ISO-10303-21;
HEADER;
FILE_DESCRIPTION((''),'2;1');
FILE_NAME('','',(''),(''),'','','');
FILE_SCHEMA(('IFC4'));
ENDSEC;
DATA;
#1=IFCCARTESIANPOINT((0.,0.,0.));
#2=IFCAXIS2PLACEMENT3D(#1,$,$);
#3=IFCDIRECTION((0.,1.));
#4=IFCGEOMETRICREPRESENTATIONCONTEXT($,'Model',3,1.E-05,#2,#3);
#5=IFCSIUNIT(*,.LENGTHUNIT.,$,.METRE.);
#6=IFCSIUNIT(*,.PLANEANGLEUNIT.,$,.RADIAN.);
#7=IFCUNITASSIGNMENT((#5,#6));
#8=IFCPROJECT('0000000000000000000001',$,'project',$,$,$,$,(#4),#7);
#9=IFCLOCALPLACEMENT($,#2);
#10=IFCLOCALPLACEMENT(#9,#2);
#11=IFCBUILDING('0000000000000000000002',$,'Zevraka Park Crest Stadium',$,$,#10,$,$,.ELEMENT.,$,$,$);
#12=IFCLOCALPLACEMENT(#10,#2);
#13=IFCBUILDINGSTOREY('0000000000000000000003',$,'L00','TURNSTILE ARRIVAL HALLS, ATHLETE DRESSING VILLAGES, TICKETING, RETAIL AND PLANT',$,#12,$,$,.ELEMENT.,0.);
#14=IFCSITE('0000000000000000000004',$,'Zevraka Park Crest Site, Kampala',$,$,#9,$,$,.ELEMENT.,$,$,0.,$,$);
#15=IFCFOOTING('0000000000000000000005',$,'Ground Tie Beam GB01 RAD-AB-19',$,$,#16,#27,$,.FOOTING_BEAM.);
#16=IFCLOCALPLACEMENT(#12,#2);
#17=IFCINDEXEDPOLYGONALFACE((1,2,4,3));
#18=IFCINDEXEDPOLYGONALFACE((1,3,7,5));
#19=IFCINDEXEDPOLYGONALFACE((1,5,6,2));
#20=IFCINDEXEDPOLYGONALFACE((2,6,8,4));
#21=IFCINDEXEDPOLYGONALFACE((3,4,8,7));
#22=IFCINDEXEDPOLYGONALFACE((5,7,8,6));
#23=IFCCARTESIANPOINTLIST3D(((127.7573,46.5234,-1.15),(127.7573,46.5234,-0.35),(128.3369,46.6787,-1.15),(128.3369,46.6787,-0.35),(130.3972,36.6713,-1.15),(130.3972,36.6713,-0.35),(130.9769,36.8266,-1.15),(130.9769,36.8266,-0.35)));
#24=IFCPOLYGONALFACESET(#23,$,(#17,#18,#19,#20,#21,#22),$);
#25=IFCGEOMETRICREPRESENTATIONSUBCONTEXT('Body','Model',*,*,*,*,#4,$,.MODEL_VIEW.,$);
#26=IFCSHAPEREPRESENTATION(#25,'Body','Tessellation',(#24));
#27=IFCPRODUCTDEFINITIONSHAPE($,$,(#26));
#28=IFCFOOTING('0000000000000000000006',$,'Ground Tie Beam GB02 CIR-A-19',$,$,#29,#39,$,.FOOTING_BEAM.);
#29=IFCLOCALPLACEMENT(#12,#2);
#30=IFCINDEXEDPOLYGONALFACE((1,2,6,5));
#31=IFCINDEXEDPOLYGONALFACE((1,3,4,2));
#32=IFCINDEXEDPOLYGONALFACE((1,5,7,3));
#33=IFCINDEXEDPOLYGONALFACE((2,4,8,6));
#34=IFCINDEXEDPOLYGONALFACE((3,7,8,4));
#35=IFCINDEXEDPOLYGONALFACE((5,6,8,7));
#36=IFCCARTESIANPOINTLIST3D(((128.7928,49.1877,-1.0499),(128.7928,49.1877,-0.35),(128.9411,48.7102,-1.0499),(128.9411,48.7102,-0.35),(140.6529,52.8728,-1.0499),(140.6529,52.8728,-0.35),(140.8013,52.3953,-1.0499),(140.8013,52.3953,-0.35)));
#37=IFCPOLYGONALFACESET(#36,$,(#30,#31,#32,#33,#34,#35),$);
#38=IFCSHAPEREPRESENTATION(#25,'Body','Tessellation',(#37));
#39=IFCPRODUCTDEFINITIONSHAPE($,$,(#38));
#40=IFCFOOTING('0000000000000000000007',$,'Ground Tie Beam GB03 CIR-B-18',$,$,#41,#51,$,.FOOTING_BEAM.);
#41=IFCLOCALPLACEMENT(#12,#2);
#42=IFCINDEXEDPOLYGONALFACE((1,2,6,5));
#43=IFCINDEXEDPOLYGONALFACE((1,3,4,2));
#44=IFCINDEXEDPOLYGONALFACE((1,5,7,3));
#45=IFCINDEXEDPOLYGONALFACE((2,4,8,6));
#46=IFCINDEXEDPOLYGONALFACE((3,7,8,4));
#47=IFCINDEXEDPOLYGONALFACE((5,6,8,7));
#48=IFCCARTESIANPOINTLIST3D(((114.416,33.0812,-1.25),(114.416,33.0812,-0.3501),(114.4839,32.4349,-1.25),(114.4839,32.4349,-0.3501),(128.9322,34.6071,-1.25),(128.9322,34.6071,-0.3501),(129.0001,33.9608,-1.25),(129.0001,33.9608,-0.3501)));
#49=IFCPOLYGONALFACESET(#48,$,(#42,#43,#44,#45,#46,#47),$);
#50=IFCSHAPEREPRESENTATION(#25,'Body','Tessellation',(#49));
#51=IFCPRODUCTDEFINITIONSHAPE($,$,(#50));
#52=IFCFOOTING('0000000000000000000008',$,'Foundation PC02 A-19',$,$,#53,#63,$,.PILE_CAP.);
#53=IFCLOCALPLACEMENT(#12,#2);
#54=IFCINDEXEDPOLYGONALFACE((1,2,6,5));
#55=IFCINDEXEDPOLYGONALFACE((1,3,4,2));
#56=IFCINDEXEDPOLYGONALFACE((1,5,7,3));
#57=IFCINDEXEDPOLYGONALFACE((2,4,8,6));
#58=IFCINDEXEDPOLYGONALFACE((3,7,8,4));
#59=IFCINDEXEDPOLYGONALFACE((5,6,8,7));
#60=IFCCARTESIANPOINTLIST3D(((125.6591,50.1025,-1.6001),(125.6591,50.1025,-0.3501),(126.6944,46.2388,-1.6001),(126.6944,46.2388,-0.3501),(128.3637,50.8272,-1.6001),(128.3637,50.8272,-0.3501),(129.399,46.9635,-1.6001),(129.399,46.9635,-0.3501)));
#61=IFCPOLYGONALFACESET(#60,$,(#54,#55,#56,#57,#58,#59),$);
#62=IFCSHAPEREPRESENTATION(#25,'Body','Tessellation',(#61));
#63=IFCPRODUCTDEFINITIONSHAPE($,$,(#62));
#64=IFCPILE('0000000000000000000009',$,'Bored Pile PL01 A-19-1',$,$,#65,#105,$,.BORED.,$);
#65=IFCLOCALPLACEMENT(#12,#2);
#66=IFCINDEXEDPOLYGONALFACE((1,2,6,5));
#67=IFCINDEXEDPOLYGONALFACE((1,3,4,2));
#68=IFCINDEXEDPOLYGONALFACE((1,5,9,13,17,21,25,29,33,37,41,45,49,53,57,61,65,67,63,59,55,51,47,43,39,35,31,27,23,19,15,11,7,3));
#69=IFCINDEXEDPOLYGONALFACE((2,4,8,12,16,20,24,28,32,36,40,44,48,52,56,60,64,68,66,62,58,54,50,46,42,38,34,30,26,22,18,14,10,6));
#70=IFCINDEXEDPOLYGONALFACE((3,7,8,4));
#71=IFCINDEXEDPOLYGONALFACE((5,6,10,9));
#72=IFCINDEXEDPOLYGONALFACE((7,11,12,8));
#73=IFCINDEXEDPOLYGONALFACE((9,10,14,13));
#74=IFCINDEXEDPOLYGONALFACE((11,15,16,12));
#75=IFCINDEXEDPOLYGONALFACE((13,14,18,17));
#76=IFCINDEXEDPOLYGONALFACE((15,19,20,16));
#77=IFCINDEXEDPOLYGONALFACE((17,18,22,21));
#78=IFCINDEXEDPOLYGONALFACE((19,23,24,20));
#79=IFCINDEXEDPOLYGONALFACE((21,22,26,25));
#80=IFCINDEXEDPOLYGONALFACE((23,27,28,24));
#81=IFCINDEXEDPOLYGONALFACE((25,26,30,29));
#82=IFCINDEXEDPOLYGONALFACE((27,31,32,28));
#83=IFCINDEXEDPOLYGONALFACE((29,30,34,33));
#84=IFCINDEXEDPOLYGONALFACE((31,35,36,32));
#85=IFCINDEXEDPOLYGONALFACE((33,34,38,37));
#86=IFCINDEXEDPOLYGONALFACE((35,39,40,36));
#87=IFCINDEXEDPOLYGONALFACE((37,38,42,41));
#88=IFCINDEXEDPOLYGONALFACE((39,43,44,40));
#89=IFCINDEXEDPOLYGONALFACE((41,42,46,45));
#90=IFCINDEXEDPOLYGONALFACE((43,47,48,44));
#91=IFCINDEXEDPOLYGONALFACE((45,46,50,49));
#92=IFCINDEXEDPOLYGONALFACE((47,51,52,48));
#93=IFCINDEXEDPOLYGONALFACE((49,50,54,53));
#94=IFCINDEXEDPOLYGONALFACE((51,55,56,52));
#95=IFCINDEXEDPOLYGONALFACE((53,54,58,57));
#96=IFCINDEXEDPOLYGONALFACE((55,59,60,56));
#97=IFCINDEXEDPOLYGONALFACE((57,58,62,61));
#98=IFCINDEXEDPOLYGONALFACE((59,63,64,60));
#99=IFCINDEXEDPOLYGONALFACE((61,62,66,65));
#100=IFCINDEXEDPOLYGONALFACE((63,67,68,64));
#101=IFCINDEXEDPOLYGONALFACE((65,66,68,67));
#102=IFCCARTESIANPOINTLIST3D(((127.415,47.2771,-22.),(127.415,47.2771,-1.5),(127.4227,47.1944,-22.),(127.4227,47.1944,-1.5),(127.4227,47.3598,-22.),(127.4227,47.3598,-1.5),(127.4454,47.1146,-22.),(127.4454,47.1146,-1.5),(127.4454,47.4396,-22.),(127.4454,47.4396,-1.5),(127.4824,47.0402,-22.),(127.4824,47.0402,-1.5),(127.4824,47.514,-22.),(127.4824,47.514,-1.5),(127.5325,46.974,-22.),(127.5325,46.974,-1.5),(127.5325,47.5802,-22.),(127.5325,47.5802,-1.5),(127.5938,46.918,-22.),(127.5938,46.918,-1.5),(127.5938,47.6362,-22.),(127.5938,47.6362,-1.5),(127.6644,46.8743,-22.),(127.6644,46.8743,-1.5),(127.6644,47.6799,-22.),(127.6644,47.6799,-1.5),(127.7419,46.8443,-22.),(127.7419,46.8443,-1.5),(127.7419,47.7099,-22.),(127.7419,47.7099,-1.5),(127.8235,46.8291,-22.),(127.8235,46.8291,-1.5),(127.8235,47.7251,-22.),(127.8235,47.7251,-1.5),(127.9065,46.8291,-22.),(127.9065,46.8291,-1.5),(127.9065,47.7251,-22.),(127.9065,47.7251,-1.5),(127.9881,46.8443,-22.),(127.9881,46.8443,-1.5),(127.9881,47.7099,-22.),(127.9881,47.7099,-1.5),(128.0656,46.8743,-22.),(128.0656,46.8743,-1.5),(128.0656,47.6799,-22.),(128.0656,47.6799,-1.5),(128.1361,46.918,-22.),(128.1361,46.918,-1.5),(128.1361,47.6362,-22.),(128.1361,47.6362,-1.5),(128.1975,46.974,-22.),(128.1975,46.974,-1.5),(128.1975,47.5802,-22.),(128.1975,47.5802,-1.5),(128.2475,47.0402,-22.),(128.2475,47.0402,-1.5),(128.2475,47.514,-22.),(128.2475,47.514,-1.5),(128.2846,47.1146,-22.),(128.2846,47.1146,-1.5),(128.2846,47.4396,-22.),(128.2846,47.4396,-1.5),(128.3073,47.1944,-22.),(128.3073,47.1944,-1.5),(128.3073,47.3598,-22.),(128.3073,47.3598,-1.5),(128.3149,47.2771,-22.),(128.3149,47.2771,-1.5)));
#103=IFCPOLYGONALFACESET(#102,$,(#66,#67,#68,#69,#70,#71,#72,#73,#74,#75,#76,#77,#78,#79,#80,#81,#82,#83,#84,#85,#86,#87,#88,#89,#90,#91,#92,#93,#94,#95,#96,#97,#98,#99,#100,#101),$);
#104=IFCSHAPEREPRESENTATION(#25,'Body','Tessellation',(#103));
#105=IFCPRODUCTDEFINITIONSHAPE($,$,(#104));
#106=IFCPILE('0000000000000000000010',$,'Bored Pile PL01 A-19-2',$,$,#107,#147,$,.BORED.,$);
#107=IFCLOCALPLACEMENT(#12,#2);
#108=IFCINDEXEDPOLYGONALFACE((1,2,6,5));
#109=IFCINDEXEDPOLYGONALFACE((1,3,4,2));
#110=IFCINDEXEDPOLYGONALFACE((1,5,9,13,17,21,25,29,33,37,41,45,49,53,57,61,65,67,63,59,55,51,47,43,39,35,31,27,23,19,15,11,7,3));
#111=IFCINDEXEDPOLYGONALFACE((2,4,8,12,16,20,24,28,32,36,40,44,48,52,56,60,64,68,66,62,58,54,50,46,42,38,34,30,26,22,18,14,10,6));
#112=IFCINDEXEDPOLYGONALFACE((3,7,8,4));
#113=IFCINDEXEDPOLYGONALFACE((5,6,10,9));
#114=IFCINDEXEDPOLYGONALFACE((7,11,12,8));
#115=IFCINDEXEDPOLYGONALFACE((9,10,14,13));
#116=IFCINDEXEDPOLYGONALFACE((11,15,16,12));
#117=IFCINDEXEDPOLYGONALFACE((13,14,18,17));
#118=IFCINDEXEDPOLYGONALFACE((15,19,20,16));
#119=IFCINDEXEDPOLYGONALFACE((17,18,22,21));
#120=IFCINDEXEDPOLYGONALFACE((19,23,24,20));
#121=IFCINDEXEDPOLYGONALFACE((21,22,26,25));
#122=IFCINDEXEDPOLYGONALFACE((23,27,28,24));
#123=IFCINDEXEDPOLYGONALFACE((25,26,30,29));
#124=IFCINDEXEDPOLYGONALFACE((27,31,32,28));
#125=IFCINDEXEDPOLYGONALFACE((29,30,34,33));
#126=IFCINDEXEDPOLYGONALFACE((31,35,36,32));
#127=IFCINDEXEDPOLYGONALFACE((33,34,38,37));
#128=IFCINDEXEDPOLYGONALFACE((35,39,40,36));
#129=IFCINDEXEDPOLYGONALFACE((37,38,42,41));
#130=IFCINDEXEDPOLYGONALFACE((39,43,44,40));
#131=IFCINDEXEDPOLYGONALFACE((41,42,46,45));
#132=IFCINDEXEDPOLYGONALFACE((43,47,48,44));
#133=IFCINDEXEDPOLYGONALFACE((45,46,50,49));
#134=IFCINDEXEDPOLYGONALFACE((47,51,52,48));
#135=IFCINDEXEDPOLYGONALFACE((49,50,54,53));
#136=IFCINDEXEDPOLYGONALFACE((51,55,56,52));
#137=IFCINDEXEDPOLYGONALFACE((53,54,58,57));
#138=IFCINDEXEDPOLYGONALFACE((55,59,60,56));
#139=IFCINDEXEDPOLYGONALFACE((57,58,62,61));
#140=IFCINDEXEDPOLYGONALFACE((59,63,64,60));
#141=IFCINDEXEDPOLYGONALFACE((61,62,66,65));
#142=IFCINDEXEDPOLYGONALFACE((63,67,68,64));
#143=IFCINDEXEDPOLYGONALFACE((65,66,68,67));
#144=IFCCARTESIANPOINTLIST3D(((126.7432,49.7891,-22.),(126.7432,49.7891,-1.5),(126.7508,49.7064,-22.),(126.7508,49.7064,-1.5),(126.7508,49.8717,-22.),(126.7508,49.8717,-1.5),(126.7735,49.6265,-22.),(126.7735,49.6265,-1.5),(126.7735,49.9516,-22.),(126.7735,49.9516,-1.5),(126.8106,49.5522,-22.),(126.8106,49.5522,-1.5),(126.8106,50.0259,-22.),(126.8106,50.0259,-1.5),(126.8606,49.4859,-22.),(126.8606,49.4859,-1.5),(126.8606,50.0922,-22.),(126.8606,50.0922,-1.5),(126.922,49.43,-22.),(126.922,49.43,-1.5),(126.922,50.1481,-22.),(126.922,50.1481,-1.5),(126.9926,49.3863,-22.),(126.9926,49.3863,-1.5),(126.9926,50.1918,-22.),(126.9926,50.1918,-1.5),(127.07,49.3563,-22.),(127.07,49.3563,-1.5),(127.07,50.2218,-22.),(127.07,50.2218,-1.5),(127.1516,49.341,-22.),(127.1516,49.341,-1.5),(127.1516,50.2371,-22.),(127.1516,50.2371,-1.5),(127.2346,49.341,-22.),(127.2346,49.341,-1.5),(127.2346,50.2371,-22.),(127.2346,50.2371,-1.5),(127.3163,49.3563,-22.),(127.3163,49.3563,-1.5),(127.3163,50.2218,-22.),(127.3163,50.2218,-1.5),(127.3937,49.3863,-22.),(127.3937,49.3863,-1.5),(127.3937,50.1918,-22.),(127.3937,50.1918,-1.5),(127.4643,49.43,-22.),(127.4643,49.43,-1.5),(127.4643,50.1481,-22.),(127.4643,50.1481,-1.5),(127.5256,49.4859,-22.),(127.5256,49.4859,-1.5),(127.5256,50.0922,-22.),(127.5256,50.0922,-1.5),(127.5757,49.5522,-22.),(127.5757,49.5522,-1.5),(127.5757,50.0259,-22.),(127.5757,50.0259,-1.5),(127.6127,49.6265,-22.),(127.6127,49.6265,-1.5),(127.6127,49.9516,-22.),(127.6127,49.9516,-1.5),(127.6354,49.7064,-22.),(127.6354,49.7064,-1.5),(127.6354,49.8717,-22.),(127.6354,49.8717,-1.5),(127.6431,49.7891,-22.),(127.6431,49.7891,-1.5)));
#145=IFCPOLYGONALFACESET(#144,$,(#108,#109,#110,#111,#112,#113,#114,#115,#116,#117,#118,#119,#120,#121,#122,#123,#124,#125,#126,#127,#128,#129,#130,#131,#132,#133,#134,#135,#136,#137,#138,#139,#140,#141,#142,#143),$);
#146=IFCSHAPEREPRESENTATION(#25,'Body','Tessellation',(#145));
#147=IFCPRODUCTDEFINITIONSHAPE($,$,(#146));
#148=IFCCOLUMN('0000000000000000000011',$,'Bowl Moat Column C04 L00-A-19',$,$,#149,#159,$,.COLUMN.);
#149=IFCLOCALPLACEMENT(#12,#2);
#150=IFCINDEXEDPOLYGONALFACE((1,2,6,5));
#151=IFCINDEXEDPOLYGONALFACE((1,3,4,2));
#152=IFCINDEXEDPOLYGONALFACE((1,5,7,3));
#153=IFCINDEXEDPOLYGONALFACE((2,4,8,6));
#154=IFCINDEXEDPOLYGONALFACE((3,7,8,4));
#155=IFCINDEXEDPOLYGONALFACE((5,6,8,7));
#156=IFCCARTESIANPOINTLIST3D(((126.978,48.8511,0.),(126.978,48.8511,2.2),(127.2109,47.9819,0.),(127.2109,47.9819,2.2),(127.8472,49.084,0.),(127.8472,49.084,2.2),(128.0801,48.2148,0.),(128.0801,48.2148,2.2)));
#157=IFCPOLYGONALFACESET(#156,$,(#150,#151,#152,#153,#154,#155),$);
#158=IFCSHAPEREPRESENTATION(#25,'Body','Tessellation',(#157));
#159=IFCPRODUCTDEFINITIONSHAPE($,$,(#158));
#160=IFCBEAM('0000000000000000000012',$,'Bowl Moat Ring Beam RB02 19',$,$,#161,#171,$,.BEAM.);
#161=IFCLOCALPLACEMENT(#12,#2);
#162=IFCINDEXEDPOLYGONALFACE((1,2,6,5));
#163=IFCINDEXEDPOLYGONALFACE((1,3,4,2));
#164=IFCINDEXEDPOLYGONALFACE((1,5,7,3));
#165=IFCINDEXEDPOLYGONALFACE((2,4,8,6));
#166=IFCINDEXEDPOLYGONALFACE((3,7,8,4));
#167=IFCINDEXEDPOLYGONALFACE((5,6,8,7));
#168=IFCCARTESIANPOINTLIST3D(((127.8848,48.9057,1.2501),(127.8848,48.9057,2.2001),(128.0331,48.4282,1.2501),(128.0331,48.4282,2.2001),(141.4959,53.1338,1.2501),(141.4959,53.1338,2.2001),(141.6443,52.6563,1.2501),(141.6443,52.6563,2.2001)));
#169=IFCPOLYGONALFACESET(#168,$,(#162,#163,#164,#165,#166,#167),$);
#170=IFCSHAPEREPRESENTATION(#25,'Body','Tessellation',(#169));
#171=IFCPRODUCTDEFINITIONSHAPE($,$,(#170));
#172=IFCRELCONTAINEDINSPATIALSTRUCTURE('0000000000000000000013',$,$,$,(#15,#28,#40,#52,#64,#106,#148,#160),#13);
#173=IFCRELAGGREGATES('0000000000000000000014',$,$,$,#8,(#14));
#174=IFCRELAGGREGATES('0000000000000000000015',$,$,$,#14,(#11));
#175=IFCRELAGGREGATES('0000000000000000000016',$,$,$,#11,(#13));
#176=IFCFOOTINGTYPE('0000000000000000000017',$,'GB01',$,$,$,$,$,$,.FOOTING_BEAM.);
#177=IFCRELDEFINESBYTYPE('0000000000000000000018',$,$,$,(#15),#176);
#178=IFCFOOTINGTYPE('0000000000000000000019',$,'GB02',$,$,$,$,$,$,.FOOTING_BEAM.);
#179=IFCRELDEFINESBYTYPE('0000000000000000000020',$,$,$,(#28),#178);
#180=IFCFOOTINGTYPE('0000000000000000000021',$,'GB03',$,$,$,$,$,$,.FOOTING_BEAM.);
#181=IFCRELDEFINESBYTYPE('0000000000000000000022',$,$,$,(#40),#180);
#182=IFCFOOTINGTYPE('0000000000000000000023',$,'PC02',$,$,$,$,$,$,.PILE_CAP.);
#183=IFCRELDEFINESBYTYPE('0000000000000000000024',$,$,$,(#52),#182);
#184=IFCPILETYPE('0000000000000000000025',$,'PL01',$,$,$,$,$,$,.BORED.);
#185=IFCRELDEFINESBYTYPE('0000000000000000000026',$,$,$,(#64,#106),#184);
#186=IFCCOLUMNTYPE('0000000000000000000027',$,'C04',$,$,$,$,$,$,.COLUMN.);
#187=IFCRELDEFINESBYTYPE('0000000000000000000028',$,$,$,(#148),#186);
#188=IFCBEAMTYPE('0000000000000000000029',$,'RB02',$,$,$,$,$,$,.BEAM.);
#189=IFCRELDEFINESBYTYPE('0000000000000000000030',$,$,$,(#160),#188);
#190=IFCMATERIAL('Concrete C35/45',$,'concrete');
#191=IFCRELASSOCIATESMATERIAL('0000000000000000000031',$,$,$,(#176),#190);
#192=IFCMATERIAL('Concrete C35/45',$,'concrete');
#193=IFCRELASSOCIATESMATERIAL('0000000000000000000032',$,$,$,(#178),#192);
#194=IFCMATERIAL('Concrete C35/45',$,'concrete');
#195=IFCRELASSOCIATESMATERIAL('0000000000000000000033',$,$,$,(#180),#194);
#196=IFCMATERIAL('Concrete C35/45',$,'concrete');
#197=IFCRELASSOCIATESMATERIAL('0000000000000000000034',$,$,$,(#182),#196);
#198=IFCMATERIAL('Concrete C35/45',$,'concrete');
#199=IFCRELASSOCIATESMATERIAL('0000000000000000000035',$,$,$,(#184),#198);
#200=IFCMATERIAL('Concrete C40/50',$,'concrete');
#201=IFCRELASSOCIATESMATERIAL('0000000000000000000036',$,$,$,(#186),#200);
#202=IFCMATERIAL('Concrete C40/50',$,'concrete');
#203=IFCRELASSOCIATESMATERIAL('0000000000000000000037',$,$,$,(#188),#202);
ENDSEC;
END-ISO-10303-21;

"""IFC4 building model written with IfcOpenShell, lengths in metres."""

from ifc_helpers import new_model, si_unit, direction, frame, origin, origin_2d, place, context, subcontext, project, spatial, rectangle, circle, extrude, material, material_profile, profile_set, type_object, element, save


model = new_model("IFC4")

# Units and contexts
model_context = context("Model", 3, precision=1e-05, world=origin(), true_north=direction((0.0, 1.0)))
body_context = subcontext(model_context, "Body", "Model", "MODEL_VIEW")
ifc_project = project(units=[si_unit("LENGTHUNIT", "METRE"), si_unit("PLANEANGLEUNIT", "RADIAN")], contexts=[model_context])

# Site, building, storey
site_placement = place(None, origin())
site = spatial("IfcSite", under=ifc_project, at=site_placement, Name="Zevraka Park Crest Site, Kampala", CompositionType="ELEMENT", RefElevation=0.0)
building_placement = place(site_placement, origin())
building = spatial("IfcBuilding", under=site, at=building_placement, Name="Zevraka Park Crest Stadium", CompositionType="ELEMENT")
storey_placement = place(building_placement, origin())
storey = spatial("IfcBuildingStorey", under=building, at=storey_placement, Name="L00", Description="TURNSTILE ARRIVAL HALLS, ATHLETE DRESSING VILLAGES, TICKETING, RETAIL AND PLANT", CompositionType="ELEMENT", Elevation=0.0)

# Footings
ifc_material_1 = material(Name="Concrete C35/45", Category="concrete")
ifc_material_profile_1 = material_profile(ifc_material_1, rectangle(XDim=0.6001, YDim=0.8, at=origin_2d()), Name="GB 800x600")
ifc_profile_set_1 = profile_set([ifc_material_profile_1], Name="Concrete C35/45")
footing_type_1 = type_object("IfcFootingType", Name="GB01", PredefinedType="FOOTING_BEAM", material=ifc_profile_set_1)
footing_1_placement = place(storey_placement, frame((128.0471, 46.6011, -0.75), z_axis=(0.258823, -0.965925, 0.0), x_axis=(0.965925, 0.258823, 0.0)))
element("IfcFooting", 1, at=footing_1_placement, inside=storey, type_object=footing_type_1, Name="Ground Tie Beam GB01 RAD-AB-19", PredefinedType="FOOTING_BEAM", context=body_context, shape_type="SweptSolid", body=[
    extrude(rectangle(XDim=0.6001, YDim=0.8, at=origin_2d()), origin(), (0.0, 0.0, 1.0), 10.1997),
])
ifc_material_2 = material(Name="Concrete C35/45", Category="concrete")
ifc_material_profile_2 = material_profile(ifc_material_2, rectangle(XDim=0.5, YDim=0.7, at=origin_2d()), Name="GB 700x500")
ifc_profile_set_2 = profile_set([ifc_material_profile_2], Name="Concrete C35/45")
footing_type_2 = type_object("IfcFootingType", Name="GB02", PredefinedType="FOOTING_BEAM", material=ifc_profile_set_2)
footing_2_placement = place(storey_placement, frame((128.8669, 48.949, -0.7), z_axis=(0.954965, 0.296718, 0.0), x_axis=(-0.296718, 0.954965, 0.0)))
element("IfcFooting", 2, at=footing_2_placement, inside=storey, type_object=footing_type_2, Name="Ground Tie Beam GB02 CIR-A-19", PredefinedType="FOOTING_BEAM", context=body_context, shape_type="SweptSolid", body=[
    extrude(rectangle(XDim=0.5, YDim=0.7, at=origin_2d()), origin(), (0.0, 0.0, 1.0), 12.4194),
])
ifc_material_3 = material(Name="Concrete C35/45", Category="concrete")
ifc_material_profile_3 = material_profile(ifc_material_3, rectangle(XDim=0.6499, YDim=0.8999, at=origin_2d()), Name="GB 900x650")
ifc_profile_set_3 = profile_set([ifc_material_profile_3], Name="Concrete C35/45")
footing_type_3 = type_object("IfcFootingType", Name="GB03", PredefinedType="FOOTING_BEAM", material=ifc_profile_set_3)
footing_3_placement = place(storey_placement, frame((114.45, 32.7581, -0.8), z_axis=(0.994521, 0.10454, 0.0), x_axis=(-0.10454, 0.994521, 0.0)))
element("IfcFooting", 3, at=footing_3_placement, inside=storey, type_object=footing_type_3, Name="Ground Tie Beam GB03 CIR-B-18", PredefinedType="FOOTING_BEAM", context=body_context, shape_type="SweptSolid", body=[
    extrude(rectangle(XDim=0.6499, YDim=0.8999, at=origin_2d()), origin(), (0.0, 0.0, 1.0), 14.5962),
])
ifc_material_4 = material(Name="Concrete C35/45", Category="concrete")
footing_type_4 = type_object("IfcFootingType", Name="PC02", PredefinedType="PILE_CAP", material=ifc_material_4)
footing_4_placement = place(storey_placement, frame((127.5291, 48.533, -1.6001), z_axis=(0.0, 0.0, 1.0), x_axis=(-0.258819, 0.965926, 0.0)))
element("IfcFooting", 4, at=footing_4_placement, inside=storey, type_object=footing_type_4, Name="Foundation PC02 A-19", PredefinedType="PILE_CAP", context=body_context, shape_type="SweptSolid", body=[
    extrude(rectangle(XDim=4.0, YDim=2.8, at=origin_2d()), origin(), (0.0, 0.0, 1.0), 1.25),
])

# Piles
ifc_material_5 = material(Name="Concrete C35/45", Category="concrete")
ifc_material_profile_4 = material_profile(ifc_material_5, circle(Radius=0.45, at=origin_2d()), Name="PILE D900")
ifc_profile_set_4 = profile_set([ifc_material_profile_4], Name="Concrete C35/45")
pile_type = type_object("IfcPileType", Name="PL01", PredefinedType="BORED", material=ifc_profile_set_4)
for number, where, z_axis, x_axis, name in (
    (5, (127.865, 47.2771, -1.5), (0.0, 0.0, -1.0), (1.0, 0.0, 0.0), "Bored Pile PL01 A-19-1"),
    (6, (127.1931, 49.7891, -1.5), (0.0, 0.0, -1.0), (1.0, 0.0, 0.0), "Bored Pile PL01 A-19-2"),
):
    element("IfcPile", number, at=place(storey_placement, frame(where, z_axis=z_axis, x_axis=x_axis)), inside=storey, type_object=pile_type, Name=name, PredefinedType="BORED", context=body_context, shape_type="SweptSolid", body=[
        extrude(circle(Radius=0.45, at=origin_2d()), origin(), (0.0, 0.0, 1.0), 20.5),
    ])

# Column
ifc_material_6 = material(Name="Concrete C40/50", Category="concrete")
ifc_material_profile_5 = material_profile(ifc_material_6, rectangle(XDim=0.8999, YDim=0.8999, at=origin_2d()), Name="RC 900x900")
ifc_profile_set_5 = profile_set([ifc_material_profile_5], Name="Concrete C40/50")
column_type = type_object("IfcColumnType", Name="C04", PredefinedType="COLUMN", material=ifc_profile_set_5)
column_placement = place(storey_placement, frame((127.5291, 48.533, 0.0), z_axis=(0.0, 0.0, 1.0), x_axis=(-0.258819, 0.965926, 0.0)))
element("IfcColumn", 7, at=column_placement, inside=storey, type_object=column_type, Name="Bowl Moat Column C04 L00-A-19", PredefinedType="COLUMN", context=body_context, shape_type="SweptSolid", body=[
    extrude(rectangle(XDim=0.8999, YDim=0.8999, at=origin_2d()), origin(), (0.0, 0.0, 1.0), 2.2),
])

# Beam
ifc_material_7 = material(Name="Concrete C40/50", Category="concrete")
ifc_material_profile_6 = material_profile(ifc_material_7, rectangle(XDim=0.5, YDim=0.95, at=origin_2d()), Name="RC 950x500")
ifc_profile_set_6 = profile_set([ifc_material_profile_6], Name="Concrete C40/50")
beam_type_1 = type_object("IfcBeamType", Name="RB02", PredefinedType="BEAM", material=ifc_profile_set_6)
beam_1_placement = place(storey_placement, frame((127.959, 48.667, 1.7251), z_axis=(0.954987, 0.296649, 0.0), x_axis=(-0.296649, 0.954987, 0.0)))
element("IfcBeam", 8, at=beam_1_placement, inside=storey, type_object=beam_type_1, Name="Bowl Moat Ring Beam RB02 19", PredefinedType="BEAM", context=body_context, shape_type="SweptSolid", body=[
    extrude(rectangle(XDim=0.5, YDim=0.95, at=origin_2d()), origin(), (0.0, 0.0, 1.0), 14.2527),
])

save(model, "model.ifc")
